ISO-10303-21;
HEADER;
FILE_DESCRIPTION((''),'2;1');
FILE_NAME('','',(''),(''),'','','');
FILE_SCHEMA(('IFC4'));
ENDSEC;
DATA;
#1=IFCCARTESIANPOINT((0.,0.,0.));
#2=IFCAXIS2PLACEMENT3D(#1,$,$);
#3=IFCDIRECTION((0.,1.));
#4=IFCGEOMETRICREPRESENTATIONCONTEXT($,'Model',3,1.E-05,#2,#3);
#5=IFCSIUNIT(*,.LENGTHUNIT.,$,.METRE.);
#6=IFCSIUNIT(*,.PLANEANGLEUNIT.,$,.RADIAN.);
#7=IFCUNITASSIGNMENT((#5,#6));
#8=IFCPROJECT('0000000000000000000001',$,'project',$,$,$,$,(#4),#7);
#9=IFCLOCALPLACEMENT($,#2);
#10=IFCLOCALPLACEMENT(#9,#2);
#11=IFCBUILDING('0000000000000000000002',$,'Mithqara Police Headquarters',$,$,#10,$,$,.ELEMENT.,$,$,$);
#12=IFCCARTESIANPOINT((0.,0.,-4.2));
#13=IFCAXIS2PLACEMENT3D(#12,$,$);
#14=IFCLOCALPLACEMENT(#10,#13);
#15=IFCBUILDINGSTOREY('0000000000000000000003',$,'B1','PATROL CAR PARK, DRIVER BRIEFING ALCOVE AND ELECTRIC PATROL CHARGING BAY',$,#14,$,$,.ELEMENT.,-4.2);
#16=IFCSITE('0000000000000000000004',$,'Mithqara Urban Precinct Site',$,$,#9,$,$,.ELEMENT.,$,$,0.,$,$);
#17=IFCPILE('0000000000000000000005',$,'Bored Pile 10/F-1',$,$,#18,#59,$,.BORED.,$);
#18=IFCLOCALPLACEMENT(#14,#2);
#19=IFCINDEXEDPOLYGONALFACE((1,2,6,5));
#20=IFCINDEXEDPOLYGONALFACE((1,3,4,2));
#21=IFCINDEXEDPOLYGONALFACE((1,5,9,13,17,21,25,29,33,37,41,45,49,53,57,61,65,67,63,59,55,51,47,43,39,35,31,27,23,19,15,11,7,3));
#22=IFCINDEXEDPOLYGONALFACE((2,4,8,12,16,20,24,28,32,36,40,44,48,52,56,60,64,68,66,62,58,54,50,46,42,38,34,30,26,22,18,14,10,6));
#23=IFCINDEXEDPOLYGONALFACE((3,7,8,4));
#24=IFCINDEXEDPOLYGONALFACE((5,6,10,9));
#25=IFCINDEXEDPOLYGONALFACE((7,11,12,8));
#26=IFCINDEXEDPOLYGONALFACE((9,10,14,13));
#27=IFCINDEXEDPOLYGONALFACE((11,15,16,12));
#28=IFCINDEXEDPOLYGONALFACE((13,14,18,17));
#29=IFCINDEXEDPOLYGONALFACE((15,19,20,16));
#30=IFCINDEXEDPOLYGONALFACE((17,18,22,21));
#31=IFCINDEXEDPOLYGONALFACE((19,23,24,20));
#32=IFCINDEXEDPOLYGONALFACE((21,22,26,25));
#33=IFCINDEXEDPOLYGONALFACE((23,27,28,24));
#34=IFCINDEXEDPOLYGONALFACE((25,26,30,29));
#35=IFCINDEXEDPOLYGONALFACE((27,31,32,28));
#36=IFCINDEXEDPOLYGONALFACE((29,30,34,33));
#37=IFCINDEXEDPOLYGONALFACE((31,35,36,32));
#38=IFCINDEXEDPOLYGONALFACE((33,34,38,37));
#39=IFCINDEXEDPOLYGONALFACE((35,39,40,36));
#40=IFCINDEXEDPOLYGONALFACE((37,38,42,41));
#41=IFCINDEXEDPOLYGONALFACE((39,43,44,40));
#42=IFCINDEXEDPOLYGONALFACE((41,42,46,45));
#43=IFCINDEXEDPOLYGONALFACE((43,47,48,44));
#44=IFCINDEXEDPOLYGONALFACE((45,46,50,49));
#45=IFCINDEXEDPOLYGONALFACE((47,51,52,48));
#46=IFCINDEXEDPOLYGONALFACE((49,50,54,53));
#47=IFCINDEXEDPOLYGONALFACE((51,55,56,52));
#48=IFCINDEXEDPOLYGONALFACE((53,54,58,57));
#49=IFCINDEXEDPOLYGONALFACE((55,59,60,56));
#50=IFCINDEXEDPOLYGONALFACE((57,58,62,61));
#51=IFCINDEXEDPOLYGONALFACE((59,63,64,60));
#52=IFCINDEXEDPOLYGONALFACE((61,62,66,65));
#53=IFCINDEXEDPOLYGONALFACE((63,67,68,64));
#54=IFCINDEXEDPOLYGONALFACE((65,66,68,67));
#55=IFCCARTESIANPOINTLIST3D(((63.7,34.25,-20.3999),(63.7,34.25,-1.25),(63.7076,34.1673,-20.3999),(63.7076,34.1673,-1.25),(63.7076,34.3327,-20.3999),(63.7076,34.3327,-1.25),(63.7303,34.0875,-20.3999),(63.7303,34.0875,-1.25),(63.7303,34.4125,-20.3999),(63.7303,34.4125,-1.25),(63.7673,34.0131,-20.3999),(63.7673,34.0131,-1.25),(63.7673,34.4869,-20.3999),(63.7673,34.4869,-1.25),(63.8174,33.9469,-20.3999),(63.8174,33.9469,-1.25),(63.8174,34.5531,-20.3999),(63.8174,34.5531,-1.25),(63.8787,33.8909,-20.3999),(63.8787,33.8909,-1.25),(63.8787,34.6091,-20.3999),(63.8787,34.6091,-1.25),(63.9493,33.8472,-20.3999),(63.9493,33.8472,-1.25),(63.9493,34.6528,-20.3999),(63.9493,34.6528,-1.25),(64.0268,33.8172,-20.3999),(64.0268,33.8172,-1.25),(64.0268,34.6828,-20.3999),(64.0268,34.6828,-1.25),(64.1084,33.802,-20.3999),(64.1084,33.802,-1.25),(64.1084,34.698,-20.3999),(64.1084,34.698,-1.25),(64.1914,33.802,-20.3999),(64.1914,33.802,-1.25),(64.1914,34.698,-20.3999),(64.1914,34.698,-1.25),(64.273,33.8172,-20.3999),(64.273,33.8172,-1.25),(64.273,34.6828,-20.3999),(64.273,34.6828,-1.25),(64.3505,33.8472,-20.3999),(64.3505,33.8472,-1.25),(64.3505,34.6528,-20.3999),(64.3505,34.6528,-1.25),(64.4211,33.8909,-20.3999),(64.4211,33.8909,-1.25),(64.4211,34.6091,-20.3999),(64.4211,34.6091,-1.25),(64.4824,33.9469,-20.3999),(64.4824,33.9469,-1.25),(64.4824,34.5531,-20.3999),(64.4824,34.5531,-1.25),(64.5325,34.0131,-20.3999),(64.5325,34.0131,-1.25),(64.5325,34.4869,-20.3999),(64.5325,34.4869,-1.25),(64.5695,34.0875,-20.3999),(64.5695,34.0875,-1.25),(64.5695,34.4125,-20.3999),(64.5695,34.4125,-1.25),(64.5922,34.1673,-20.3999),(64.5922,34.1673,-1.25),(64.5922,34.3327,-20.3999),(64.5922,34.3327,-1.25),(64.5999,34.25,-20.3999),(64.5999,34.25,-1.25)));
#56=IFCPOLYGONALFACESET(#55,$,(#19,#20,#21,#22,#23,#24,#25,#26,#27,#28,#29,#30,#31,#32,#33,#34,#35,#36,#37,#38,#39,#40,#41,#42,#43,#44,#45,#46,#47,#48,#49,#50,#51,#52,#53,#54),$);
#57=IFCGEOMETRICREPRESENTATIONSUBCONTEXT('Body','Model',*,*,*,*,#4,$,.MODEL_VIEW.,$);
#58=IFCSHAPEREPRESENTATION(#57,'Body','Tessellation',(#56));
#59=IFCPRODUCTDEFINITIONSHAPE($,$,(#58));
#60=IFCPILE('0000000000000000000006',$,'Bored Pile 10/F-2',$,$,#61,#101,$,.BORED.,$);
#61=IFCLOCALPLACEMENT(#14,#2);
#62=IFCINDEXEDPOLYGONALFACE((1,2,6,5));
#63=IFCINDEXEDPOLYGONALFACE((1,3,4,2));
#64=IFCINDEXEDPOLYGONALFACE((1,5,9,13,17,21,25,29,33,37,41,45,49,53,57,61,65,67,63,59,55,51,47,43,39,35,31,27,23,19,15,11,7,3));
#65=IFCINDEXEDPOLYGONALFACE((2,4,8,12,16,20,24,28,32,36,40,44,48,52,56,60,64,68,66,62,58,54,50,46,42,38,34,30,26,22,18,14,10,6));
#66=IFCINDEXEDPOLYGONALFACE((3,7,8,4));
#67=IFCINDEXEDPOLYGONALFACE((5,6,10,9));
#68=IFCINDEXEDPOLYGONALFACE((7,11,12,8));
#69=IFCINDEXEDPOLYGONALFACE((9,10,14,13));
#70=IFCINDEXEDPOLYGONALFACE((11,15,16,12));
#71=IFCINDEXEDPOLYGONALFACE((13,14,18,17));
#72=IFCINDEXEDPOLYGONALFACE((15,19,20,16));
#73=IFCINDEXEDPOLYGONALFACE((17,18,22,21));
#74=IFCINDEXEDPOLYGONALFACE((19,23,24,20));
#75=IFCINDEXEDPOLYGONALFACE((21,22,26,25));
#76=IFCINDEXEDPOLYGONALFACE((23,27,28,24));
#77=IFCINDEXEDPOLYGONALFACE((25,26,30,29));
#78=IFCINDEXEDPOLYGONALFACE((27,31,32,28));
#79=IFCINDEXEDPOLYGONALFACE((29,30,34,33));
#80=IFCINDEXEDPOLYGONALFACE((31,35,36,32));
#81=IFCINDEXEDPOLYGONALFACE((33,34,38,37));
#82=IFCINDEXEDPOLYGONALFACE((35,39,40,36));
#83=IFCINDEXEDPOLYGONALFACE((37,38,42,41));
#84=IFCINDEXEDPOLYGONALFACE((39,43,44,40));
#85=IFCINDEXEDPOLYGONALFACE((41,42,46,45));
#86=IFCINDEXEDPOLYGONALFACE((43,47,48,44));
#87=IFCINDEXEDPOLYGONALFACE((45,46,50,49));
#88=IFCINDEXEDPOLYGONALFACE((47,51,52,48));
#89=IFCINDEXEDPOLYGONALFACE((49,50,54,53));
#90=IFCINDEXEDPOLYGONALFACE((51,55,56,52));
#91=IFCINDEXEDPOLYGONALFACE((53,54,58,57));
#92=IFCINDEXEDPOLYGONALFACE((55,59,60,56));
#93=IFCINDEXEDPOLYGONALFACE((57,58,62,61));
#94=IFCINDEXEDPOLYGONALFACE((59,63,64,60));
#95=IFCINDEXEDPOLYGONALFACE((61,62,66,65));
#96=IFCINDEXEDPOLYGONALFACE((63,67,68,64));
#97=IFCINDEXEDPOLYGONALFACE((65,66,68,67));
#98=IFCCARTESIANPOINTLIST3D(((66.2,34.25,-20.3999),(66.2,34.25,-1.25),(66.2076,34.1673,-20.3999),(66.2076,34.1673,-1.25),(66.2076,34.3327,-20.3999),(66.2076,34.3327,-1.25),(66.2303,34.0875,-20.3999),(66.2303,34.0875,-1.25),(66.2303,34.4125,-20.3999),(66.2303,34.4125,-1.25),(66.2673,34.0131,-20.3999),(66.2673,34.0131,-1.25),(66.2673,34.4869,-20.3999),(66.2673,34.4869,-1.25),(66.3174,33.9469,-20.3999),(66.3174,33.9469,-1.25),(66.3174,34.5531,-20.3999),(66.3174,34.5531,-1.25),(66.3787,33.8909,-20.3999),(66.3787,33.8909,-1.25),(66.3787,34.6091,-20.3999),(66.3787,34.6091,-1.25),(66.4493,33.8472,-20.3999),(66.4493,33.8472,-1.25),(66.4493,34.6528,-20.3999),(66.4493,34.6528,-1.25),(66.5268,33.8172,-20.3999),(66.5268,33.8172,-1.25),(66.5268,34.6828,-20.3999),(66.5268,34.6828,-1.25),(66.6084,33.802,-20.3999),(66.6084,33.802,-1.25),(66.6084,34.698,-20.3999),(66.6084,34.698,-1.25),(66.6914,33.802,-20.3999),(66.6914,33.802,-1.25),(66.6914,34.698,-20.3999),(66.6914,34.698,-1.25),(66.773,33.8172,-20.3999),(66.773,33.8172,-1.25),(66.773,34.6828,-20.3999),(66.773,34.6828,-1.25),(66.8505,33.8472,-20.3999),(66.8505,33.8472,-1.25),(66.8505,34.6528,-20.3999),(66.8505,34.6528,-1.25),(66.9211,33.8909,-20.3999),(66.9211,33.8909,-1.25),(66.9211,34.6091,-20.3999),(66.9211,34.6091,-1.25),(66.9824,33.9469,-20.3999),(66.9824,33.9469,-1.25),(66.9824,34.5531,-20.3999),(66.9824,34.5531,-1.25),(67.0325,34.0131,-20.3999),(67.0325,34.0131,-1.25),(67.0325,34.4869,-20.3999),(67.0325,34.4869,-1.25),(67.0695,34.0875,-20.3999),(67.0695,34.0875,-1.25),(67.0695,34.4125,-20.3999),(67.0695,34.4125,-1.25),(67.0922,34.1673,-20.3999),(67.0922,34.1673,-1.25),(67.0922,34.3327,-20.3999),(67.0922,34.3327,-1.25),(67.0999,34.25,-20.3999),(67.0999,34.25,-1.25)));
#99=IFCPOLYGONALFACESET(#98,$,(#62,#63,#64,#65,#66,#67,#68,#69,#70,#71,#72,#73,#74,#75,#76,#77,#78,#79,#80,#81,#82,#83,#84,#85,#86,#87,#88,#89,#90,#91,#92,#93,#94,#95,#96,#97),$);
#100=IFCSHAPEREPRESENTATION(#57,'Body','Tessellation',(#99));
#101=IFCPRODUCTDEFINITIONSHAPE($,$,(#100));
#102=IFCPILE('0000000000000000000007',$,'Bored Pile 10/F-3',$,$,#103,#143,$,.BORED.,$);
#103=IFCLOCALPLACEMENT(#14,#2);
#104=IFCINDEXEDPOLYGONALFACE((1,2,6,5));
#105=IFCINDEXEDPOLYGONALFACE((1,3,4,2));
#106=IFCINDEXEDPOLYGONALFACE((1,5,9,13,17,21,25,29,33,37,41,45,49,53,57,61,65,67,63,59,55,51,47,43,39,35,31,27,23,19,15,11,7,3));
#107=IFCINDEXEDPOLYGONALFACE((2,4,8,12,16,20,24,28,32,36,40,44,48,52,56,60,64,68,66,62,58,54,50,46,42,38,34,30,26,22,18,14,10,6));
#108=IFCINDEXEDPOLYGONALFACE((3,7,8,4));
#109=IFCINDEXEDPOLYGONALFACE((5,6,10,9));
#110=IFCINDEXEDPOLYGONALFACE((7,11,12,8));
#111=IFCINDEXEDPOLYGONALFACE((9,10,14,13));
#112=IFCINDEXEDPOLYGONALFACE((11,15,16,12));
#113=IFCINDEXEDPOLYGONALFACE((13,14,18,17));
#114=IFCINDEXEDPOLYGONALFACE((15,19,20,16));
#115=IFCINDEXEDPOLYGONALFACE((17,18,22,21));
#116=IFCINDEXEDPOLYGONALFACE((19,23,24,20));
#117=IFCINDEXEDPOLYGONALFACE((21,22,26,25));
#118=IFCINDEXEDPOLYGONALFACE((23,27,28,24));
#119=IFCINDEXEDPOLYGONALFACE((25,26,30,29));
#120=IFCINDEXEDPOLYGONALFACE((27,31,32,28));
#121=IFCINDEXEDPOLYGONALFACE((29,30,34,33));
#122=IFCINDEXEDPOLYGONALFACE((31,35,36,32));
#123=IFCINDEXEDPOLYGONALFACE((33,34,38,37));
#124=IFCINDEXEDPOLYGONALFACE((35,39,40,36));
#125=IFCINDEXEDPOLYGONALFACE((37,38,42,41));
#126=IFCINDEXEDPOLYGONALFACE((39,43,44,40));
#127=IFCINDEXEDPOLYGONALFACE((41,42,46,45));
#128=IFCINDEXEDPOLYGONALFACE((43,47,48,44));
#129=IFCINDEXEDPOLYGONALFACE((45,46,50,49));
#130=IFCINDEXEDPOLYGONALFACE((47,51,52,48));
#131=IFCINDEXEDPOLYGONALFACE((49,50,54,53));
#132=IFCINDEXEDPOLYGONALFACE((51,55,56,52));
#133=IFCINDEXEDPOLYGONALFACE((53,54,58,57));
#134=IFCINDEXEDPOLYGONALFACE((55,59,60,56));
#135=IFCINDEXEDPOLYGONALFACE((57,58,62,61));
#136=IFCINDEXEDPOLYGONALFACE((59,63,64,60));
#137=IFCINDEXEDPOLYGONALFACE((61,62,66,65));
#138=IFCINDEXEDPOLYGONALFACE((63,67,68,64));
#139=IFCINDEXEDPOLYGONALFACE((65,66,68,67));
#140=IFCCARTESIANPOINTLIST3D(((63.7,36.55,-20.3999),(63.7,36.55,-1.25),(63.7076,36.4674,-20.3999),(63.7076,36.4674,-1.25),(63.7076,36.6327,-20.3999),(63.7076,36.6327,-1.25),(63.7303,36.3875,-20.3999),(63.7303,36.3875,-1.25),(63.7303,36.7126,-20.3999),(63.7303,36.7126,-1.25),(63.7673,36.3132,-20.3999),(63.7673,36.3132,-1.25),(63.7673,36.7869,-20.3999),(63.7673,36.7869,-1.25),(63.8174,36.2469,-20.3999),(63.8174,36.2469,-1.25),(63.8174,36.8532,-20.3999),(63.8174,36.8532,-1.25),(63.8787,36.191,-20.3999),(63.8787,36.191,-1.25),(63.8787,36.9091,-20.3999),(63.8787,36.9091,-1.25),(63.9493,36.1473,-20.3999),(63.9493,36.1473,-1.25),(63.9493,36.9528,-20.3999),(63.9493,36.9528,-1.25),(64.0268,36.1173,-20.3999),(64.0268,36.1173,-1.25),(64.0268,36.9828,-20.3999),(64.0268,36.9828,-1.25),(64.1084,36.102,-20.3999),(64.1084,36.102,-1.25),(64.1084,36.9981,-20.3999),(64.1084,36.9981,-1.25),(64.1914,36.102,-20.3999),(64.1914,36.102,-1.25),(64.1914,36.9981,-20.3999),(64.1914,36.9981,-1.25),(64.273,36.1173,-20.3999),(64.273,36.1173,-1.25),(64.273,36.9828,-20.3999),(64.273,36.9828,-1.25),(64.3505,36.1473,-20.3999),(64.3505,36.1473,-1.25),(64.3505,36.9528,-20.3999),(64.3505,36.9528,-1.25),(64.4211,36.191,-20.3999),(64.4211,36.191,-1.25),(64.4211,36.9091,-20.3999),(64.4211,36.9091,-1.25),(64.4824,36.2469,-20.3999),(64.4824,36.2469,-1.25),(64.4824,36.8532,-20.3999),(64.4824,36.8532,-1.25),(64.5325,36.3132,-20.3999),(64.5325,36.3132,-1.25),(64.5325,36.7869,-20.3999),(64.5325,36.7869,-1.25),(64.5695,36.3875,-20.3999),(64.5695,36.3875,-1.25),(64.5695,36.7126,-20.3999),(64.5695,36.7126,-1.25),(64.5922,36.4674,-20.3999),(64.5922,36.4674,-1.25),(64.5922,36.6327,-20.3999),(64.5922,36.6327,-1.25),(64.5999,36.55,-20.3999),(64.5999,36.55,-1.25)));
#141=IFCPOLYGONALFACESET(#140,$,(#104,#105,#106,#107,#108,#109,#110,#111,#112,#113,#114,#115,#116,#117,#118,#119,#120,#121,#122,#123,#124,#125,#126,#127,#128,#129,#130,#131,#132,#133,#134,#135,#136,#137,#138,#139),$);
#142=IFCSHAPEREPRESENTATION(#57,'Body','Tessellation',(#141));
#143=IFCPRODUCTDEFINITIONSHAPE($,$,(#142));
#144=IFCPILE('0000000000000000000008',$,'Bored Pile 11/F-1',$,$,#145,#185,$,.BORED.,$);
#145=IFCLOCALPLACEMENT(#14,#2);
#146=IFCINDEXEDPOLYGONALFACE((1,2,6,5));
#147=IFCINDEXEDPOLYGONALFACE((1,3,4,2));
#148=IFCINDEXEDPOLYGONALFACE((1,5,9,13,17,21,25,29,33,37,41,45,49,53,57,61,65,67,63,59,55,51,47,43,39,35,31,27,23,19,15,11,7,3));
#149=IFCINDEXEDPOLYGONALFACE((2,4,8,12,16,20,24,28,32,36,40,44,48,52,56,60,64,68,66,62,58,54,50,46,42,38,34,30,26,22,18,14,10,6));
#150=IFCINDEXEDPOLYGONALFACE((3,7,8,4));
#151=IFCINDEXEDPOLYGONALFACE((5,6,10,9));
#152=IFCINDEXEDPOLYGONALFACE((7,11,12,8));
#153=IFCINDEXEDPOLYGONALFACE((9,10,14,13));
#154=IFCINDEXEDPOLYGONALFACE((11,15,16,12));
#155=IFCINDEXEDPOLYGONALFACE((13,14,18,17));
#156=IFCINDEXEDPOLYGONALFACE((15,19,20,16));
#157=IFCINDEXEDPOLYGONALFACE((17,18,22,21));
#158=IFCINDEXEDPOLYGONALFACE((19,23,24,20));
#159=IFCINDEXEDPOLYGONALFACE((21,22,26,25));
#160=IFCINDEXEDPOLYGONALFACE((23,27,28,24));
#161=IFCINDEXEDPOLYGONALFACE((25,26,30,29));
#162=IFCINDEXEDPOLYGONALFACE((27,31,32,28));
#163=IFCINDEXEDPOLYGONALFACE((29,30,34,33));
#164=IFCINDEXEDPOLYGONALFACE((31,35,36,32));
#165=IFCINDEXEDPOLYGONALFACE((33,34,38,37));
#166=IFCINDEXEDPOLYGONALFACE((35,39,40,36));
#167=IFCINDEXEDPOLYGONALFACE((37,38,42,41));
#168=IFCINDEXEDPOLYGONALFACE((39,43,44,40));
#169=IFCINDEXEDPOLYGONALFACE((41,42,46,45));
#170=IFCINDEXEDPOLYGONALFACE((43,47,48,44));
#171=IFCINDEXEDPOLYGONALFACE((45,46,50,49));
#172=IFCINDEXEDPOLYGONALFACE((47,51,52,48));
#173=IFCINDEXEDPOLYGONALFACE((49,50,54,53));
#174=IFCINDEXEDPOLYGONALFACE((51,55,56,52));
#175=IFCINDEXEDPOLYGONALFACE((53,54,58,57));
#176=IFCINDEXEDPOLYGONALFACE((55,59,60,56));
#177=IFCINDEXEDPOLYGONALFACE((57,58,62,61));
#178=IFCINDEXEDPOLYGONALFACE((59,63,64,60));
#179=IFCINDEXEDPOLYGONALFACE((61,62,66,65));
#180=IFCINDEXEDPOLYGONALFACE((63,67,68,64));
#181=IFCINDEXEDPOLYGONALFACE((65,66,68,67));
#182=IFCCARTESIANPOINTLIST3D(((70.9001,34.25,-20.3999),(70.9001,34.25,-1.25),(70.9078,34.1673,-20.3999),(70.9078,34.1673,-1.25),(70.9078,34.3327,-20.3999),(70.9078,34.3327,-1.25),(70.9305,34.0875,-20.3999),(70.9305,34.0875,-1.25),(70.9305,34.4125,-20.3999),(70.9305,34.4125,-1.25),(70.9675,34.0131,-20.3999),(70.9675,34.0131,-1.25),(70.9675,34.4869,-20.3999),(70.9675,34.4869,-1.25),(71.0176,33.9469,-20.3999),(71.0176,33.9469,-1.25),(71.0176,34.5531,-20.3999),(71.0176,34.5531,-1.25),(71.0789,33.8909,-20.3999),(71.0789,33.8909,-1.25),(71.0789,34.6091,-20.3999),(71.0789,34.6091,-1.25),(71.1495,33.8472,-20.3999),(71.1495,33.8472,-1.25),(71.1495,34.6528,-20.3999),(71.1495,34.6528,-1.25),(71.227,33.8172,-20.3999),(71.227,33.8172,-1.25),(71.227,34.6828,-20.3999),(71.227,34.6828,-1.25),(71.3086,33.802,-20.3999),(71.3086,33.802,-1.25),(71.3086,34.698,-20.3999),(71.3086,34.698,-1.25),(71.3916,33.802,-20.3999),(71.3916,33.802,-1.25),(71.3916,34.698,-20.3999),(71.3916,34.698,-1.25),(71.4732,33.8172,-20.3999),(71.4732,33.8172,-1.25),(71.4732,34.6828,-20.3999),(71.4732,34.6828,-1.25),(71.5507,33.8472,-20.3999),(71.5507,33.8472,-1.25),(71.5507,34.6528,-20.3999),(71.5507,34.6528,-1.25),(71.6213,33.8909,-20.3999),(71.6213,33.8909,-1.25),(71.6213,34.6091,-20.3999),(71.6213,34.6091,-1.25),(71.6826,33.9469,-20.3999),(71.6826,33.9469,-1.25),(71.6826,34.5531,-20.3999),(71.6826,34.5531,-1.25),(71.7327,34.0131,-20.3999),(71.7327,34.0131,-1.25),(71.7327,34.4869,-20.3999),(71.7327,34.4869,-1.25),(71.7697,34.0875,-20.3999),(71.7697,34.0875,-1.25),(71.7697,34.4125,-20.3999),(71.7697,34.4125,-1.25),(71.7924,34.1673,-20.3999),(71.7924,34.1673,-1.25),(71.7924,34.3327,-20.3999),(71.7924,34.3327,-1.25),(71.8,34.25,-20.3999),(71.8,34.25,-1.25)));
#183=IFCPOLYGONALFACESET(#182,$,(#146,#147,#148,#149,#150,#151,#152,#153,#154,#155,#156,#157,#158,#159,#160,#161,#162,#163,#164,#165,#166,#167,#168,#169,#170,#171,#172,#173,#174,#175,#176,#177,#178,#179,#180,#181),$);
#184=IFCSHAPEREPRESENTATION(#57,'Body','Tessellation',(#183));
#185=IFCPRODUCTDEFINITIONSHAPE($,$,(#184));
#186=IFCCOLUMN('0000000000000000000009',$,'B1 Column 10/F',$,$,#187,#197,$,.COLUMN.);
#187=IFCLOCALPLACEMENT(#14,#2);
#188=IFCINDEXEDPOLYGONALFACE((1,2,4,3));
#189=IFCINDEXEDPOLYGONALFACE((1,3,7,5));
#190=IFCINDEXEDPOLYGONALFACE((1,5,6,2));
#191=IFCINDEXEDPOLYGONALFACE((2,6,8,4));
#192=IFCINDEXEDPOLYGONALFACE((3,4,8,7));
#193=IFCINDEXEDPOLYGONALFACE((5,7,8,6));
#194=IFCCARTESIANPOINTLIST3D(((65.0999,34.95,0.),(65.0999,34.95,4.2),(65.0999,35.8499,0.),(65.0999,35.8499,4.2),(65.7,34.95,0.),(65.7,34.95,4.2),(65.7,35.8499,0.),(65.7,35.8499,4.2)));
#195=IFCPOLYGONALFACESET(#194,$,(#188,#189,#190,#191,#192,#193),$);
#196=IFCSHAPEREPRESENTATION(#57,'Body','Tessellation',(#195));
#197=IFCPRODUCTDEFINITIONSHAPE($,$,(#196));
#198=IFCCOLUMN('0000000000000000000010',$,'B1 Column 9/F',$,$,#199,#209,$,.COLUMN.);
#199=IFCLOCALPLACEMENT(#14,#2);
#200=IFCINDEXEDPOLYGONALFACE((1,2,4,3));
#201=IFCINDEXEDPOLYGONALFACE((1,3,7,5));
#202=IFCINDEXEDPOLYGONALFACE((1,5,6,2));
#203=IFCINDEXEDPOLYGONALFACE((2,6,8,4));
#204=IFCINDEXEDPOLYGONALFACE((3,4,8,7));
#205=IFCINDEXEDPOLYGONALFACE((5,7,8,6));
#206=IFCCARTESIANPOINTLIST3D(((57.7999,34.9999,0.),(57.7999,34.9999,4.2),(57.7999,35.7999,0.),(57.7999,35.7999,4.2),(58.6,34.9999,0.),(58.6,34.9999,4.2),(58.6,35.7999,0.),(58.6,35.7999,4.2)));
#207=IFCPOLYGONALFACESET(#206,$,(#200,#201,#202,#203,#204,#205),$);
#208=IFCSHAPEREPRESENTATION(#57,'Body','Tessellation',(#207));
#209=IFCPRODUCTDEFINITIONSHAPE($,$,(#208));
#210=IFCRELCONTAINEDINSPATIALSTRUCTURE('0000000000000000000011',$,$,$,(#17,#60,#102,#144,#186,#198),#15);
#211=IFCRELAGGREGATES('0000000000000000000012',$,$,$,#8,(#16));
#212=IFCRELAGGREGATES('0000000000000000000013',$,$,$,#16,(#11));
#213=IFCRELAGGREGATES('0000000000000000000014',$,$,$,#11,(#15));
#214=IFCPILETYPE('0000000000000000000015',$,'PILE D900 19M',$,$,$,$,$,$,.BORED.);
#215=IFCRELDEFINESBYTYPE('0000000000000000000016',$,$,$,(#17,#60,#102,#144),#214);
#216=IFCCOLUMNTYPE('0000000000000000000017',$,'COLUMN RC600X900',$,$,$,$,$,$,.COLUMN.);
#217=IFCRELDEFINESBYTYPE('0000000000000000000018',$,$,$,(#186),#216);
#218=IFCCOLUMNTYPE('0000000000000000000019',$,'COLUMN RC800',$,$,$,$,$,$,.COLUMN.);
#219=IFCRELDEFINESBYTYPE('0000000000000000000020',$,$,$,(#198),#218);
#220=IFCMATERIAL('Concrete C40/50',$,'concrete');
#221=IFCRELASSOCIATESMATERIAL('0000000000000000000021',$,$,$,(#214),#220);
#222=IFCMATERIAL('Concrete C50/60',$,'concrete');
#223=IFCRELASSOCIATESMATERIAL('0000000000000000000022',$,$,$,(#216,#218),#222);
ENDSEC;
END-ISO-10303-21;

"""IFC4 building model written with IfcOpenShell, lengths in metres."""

from ifc_helpers import new_model, si_unit, direction, frame, origin, origin_2d, place, context, subcontext, project, spatial, rectangle, circle, extrude, material, material_profile, profile_set, type_object, element, save


model = new_model("IFC4")

# Units and contexts
model_context = context("Model", 3, precision=1e-05, world=origin(), true_north=direction((0.0, 1.0)))
body_context = subcontext(model_context, "Body", "Model", "MODEL_VIEW")
ifc_project = project(units=[si_unit("LENGTHUNIT", "METRE"), si_unit("PLANEANGLEUNIT", "RADIAN")], contexts=[model_context])

# Site, building, storey
site_placement = place(None, origin())
site = spatial("IfcSite", under=ifc_project, at=site_placement, Name="Mithqara Urban Precinct Site", CompositionType="ELEMENT", RefElevation=0.0)
building_placement = place(site_placement, origin())
building = spatial("IfcBuilding", under=site, at=building_placement, Name="Mithqara Police Headquarters", CompositionType="ELEMENT")
storey_placement = place(building_placement, frame((0.0, 0.0, -4.2)))
storey = spatial("IfcBuildingStorey", under=building, at=storey_placement, Name="B1", Description="PATROL CAR PARK, DRIVER BRIEFING ALCOVE AND ELECTRIC PATROL CHARGING BAY", CompositionType="ELEMENT", Elevation=-4.2)

# Shared definitions
ifc_material_1 = material(Name="Concrete C40/50", Category="concrete")

# Piles
ifc_material_profile_1 = material_profile(ifc_material_1, circle(Radius=0.45, at=origin_2d()), Name="PILE D900")
ifc_profile_set_1 = profile_set([ifc_material_profile_1], Name="Concrete C40/50")
pile_type = type_object("IfcPileType", Name="PILE D900 19M", PredefinedType="BORED", material=ifc_profile_set_1)
for number, where, z_axis, x_axis, name in (
    (1, (64.1499, 34.25, -1.25), (0.0, 0.0, -1.0), (1.0, 0.0, 0.0), "Bored Pile 10/F-1"),
    (2, (66.6499, 34.25, -1.25), (0.0, 0.0, -1.0), (1.0, 0.0, 0.0), "Bored Pile 10/F-2"),
    (3, (64.1499, 36.55, -1.25), (0.0, 0.0, -1.0), (1.0, 0.0, 0.0), "Bored Pile 10/F-3"),
    (4, (71.3501, 34.25, -1.25), (0.0, 0.0, -1.0), (1.0, 0.0, 0.0), "Bored Pile 11/F-1"),
):
    element("IfcPile", number, at=place(storey_placement, frame(where, z_axis=z_axis, x_axis=x_axis)), inside=storey, type_object=pile_type, Name=name, PredefinedType="BORED", context=body_context, shape_type="SweptSolid", body=[
        extrude(circle(Radius=0.45, at=origin_2d()), origin(), (0.0, 0.0, 1.0), 19.1499),
    ])

# Columns
ifc_material_2 = material(Name="Concrete C50/60", Category="concrete")
ifc_material_profile_2 = material_profile(ifc_material_2, rectangle(XDim=0.6001, YDim=0.8999, at=origin_2d()), Name="RC 600x900")
ifc_profile_set_2 = profile_set([ifc_material_profile_2], Name="Concrete C50/60")
column_type_1 = type_object("IfcColumnType", Name="COLUMN RC600X900", PredefinedType="COLUMN", material=ifc_profile_set_2)
column_1_placement = place(storey_placement, frame((65.3999, 35.3999, 0.0), z_axis=(0.0, 0.0, 1.0), x_axis=(1.0, 0.0, 0.0)))
element("IfcColumn", 5, at=column_1_placement, inside=storey, type_object=column_type_1, Name="B1 Column 10/F", PredefinedType="COLUMN", context=body_context, shape_type="SweptSolid", body=[
    extrude(rectangle(XDim=0.6001, YDim=0.8999, at=origin_2d()), origin(), (0.0, 0.0, 1.0), 4.2),
])
ifc_material_profile_3 = material_profile(ifc_material_2, rectangle(XDim=0.8, YDim=0.8, at=origin_2d()), Name="RC 800x800")
ifc_profile_set_3 = profile_set([ifc_material_profile_3], Name="Concrete C50/60")
column_type_2 = type_object("IfcColumnType", Name="COLUMN RC800", PredefinedType="COLUMN", material=ifc_profile_set_3)
column_2_placement = place(storey_placement, frame((58.2, 35.3999, 0.0), z_axis=(0.0, 0.0, 1.0), x_axis=(1.0, 0.0, 0.0)))
element("IfcColumn", 6, at=column_2_placement, inside=storey, type_object=column_type_2, Name="B1 Column 9/F", PredefinedType="COLUMN", context=body_context, shape_type="SweptSolid", body=[
    extrude(rectangle(XDim=0.8, YDim=0.8, at=origin_2d()), origin(), (0.0, 0.0, 1.0), 4.2),
])

save(model, "model.ifc")
